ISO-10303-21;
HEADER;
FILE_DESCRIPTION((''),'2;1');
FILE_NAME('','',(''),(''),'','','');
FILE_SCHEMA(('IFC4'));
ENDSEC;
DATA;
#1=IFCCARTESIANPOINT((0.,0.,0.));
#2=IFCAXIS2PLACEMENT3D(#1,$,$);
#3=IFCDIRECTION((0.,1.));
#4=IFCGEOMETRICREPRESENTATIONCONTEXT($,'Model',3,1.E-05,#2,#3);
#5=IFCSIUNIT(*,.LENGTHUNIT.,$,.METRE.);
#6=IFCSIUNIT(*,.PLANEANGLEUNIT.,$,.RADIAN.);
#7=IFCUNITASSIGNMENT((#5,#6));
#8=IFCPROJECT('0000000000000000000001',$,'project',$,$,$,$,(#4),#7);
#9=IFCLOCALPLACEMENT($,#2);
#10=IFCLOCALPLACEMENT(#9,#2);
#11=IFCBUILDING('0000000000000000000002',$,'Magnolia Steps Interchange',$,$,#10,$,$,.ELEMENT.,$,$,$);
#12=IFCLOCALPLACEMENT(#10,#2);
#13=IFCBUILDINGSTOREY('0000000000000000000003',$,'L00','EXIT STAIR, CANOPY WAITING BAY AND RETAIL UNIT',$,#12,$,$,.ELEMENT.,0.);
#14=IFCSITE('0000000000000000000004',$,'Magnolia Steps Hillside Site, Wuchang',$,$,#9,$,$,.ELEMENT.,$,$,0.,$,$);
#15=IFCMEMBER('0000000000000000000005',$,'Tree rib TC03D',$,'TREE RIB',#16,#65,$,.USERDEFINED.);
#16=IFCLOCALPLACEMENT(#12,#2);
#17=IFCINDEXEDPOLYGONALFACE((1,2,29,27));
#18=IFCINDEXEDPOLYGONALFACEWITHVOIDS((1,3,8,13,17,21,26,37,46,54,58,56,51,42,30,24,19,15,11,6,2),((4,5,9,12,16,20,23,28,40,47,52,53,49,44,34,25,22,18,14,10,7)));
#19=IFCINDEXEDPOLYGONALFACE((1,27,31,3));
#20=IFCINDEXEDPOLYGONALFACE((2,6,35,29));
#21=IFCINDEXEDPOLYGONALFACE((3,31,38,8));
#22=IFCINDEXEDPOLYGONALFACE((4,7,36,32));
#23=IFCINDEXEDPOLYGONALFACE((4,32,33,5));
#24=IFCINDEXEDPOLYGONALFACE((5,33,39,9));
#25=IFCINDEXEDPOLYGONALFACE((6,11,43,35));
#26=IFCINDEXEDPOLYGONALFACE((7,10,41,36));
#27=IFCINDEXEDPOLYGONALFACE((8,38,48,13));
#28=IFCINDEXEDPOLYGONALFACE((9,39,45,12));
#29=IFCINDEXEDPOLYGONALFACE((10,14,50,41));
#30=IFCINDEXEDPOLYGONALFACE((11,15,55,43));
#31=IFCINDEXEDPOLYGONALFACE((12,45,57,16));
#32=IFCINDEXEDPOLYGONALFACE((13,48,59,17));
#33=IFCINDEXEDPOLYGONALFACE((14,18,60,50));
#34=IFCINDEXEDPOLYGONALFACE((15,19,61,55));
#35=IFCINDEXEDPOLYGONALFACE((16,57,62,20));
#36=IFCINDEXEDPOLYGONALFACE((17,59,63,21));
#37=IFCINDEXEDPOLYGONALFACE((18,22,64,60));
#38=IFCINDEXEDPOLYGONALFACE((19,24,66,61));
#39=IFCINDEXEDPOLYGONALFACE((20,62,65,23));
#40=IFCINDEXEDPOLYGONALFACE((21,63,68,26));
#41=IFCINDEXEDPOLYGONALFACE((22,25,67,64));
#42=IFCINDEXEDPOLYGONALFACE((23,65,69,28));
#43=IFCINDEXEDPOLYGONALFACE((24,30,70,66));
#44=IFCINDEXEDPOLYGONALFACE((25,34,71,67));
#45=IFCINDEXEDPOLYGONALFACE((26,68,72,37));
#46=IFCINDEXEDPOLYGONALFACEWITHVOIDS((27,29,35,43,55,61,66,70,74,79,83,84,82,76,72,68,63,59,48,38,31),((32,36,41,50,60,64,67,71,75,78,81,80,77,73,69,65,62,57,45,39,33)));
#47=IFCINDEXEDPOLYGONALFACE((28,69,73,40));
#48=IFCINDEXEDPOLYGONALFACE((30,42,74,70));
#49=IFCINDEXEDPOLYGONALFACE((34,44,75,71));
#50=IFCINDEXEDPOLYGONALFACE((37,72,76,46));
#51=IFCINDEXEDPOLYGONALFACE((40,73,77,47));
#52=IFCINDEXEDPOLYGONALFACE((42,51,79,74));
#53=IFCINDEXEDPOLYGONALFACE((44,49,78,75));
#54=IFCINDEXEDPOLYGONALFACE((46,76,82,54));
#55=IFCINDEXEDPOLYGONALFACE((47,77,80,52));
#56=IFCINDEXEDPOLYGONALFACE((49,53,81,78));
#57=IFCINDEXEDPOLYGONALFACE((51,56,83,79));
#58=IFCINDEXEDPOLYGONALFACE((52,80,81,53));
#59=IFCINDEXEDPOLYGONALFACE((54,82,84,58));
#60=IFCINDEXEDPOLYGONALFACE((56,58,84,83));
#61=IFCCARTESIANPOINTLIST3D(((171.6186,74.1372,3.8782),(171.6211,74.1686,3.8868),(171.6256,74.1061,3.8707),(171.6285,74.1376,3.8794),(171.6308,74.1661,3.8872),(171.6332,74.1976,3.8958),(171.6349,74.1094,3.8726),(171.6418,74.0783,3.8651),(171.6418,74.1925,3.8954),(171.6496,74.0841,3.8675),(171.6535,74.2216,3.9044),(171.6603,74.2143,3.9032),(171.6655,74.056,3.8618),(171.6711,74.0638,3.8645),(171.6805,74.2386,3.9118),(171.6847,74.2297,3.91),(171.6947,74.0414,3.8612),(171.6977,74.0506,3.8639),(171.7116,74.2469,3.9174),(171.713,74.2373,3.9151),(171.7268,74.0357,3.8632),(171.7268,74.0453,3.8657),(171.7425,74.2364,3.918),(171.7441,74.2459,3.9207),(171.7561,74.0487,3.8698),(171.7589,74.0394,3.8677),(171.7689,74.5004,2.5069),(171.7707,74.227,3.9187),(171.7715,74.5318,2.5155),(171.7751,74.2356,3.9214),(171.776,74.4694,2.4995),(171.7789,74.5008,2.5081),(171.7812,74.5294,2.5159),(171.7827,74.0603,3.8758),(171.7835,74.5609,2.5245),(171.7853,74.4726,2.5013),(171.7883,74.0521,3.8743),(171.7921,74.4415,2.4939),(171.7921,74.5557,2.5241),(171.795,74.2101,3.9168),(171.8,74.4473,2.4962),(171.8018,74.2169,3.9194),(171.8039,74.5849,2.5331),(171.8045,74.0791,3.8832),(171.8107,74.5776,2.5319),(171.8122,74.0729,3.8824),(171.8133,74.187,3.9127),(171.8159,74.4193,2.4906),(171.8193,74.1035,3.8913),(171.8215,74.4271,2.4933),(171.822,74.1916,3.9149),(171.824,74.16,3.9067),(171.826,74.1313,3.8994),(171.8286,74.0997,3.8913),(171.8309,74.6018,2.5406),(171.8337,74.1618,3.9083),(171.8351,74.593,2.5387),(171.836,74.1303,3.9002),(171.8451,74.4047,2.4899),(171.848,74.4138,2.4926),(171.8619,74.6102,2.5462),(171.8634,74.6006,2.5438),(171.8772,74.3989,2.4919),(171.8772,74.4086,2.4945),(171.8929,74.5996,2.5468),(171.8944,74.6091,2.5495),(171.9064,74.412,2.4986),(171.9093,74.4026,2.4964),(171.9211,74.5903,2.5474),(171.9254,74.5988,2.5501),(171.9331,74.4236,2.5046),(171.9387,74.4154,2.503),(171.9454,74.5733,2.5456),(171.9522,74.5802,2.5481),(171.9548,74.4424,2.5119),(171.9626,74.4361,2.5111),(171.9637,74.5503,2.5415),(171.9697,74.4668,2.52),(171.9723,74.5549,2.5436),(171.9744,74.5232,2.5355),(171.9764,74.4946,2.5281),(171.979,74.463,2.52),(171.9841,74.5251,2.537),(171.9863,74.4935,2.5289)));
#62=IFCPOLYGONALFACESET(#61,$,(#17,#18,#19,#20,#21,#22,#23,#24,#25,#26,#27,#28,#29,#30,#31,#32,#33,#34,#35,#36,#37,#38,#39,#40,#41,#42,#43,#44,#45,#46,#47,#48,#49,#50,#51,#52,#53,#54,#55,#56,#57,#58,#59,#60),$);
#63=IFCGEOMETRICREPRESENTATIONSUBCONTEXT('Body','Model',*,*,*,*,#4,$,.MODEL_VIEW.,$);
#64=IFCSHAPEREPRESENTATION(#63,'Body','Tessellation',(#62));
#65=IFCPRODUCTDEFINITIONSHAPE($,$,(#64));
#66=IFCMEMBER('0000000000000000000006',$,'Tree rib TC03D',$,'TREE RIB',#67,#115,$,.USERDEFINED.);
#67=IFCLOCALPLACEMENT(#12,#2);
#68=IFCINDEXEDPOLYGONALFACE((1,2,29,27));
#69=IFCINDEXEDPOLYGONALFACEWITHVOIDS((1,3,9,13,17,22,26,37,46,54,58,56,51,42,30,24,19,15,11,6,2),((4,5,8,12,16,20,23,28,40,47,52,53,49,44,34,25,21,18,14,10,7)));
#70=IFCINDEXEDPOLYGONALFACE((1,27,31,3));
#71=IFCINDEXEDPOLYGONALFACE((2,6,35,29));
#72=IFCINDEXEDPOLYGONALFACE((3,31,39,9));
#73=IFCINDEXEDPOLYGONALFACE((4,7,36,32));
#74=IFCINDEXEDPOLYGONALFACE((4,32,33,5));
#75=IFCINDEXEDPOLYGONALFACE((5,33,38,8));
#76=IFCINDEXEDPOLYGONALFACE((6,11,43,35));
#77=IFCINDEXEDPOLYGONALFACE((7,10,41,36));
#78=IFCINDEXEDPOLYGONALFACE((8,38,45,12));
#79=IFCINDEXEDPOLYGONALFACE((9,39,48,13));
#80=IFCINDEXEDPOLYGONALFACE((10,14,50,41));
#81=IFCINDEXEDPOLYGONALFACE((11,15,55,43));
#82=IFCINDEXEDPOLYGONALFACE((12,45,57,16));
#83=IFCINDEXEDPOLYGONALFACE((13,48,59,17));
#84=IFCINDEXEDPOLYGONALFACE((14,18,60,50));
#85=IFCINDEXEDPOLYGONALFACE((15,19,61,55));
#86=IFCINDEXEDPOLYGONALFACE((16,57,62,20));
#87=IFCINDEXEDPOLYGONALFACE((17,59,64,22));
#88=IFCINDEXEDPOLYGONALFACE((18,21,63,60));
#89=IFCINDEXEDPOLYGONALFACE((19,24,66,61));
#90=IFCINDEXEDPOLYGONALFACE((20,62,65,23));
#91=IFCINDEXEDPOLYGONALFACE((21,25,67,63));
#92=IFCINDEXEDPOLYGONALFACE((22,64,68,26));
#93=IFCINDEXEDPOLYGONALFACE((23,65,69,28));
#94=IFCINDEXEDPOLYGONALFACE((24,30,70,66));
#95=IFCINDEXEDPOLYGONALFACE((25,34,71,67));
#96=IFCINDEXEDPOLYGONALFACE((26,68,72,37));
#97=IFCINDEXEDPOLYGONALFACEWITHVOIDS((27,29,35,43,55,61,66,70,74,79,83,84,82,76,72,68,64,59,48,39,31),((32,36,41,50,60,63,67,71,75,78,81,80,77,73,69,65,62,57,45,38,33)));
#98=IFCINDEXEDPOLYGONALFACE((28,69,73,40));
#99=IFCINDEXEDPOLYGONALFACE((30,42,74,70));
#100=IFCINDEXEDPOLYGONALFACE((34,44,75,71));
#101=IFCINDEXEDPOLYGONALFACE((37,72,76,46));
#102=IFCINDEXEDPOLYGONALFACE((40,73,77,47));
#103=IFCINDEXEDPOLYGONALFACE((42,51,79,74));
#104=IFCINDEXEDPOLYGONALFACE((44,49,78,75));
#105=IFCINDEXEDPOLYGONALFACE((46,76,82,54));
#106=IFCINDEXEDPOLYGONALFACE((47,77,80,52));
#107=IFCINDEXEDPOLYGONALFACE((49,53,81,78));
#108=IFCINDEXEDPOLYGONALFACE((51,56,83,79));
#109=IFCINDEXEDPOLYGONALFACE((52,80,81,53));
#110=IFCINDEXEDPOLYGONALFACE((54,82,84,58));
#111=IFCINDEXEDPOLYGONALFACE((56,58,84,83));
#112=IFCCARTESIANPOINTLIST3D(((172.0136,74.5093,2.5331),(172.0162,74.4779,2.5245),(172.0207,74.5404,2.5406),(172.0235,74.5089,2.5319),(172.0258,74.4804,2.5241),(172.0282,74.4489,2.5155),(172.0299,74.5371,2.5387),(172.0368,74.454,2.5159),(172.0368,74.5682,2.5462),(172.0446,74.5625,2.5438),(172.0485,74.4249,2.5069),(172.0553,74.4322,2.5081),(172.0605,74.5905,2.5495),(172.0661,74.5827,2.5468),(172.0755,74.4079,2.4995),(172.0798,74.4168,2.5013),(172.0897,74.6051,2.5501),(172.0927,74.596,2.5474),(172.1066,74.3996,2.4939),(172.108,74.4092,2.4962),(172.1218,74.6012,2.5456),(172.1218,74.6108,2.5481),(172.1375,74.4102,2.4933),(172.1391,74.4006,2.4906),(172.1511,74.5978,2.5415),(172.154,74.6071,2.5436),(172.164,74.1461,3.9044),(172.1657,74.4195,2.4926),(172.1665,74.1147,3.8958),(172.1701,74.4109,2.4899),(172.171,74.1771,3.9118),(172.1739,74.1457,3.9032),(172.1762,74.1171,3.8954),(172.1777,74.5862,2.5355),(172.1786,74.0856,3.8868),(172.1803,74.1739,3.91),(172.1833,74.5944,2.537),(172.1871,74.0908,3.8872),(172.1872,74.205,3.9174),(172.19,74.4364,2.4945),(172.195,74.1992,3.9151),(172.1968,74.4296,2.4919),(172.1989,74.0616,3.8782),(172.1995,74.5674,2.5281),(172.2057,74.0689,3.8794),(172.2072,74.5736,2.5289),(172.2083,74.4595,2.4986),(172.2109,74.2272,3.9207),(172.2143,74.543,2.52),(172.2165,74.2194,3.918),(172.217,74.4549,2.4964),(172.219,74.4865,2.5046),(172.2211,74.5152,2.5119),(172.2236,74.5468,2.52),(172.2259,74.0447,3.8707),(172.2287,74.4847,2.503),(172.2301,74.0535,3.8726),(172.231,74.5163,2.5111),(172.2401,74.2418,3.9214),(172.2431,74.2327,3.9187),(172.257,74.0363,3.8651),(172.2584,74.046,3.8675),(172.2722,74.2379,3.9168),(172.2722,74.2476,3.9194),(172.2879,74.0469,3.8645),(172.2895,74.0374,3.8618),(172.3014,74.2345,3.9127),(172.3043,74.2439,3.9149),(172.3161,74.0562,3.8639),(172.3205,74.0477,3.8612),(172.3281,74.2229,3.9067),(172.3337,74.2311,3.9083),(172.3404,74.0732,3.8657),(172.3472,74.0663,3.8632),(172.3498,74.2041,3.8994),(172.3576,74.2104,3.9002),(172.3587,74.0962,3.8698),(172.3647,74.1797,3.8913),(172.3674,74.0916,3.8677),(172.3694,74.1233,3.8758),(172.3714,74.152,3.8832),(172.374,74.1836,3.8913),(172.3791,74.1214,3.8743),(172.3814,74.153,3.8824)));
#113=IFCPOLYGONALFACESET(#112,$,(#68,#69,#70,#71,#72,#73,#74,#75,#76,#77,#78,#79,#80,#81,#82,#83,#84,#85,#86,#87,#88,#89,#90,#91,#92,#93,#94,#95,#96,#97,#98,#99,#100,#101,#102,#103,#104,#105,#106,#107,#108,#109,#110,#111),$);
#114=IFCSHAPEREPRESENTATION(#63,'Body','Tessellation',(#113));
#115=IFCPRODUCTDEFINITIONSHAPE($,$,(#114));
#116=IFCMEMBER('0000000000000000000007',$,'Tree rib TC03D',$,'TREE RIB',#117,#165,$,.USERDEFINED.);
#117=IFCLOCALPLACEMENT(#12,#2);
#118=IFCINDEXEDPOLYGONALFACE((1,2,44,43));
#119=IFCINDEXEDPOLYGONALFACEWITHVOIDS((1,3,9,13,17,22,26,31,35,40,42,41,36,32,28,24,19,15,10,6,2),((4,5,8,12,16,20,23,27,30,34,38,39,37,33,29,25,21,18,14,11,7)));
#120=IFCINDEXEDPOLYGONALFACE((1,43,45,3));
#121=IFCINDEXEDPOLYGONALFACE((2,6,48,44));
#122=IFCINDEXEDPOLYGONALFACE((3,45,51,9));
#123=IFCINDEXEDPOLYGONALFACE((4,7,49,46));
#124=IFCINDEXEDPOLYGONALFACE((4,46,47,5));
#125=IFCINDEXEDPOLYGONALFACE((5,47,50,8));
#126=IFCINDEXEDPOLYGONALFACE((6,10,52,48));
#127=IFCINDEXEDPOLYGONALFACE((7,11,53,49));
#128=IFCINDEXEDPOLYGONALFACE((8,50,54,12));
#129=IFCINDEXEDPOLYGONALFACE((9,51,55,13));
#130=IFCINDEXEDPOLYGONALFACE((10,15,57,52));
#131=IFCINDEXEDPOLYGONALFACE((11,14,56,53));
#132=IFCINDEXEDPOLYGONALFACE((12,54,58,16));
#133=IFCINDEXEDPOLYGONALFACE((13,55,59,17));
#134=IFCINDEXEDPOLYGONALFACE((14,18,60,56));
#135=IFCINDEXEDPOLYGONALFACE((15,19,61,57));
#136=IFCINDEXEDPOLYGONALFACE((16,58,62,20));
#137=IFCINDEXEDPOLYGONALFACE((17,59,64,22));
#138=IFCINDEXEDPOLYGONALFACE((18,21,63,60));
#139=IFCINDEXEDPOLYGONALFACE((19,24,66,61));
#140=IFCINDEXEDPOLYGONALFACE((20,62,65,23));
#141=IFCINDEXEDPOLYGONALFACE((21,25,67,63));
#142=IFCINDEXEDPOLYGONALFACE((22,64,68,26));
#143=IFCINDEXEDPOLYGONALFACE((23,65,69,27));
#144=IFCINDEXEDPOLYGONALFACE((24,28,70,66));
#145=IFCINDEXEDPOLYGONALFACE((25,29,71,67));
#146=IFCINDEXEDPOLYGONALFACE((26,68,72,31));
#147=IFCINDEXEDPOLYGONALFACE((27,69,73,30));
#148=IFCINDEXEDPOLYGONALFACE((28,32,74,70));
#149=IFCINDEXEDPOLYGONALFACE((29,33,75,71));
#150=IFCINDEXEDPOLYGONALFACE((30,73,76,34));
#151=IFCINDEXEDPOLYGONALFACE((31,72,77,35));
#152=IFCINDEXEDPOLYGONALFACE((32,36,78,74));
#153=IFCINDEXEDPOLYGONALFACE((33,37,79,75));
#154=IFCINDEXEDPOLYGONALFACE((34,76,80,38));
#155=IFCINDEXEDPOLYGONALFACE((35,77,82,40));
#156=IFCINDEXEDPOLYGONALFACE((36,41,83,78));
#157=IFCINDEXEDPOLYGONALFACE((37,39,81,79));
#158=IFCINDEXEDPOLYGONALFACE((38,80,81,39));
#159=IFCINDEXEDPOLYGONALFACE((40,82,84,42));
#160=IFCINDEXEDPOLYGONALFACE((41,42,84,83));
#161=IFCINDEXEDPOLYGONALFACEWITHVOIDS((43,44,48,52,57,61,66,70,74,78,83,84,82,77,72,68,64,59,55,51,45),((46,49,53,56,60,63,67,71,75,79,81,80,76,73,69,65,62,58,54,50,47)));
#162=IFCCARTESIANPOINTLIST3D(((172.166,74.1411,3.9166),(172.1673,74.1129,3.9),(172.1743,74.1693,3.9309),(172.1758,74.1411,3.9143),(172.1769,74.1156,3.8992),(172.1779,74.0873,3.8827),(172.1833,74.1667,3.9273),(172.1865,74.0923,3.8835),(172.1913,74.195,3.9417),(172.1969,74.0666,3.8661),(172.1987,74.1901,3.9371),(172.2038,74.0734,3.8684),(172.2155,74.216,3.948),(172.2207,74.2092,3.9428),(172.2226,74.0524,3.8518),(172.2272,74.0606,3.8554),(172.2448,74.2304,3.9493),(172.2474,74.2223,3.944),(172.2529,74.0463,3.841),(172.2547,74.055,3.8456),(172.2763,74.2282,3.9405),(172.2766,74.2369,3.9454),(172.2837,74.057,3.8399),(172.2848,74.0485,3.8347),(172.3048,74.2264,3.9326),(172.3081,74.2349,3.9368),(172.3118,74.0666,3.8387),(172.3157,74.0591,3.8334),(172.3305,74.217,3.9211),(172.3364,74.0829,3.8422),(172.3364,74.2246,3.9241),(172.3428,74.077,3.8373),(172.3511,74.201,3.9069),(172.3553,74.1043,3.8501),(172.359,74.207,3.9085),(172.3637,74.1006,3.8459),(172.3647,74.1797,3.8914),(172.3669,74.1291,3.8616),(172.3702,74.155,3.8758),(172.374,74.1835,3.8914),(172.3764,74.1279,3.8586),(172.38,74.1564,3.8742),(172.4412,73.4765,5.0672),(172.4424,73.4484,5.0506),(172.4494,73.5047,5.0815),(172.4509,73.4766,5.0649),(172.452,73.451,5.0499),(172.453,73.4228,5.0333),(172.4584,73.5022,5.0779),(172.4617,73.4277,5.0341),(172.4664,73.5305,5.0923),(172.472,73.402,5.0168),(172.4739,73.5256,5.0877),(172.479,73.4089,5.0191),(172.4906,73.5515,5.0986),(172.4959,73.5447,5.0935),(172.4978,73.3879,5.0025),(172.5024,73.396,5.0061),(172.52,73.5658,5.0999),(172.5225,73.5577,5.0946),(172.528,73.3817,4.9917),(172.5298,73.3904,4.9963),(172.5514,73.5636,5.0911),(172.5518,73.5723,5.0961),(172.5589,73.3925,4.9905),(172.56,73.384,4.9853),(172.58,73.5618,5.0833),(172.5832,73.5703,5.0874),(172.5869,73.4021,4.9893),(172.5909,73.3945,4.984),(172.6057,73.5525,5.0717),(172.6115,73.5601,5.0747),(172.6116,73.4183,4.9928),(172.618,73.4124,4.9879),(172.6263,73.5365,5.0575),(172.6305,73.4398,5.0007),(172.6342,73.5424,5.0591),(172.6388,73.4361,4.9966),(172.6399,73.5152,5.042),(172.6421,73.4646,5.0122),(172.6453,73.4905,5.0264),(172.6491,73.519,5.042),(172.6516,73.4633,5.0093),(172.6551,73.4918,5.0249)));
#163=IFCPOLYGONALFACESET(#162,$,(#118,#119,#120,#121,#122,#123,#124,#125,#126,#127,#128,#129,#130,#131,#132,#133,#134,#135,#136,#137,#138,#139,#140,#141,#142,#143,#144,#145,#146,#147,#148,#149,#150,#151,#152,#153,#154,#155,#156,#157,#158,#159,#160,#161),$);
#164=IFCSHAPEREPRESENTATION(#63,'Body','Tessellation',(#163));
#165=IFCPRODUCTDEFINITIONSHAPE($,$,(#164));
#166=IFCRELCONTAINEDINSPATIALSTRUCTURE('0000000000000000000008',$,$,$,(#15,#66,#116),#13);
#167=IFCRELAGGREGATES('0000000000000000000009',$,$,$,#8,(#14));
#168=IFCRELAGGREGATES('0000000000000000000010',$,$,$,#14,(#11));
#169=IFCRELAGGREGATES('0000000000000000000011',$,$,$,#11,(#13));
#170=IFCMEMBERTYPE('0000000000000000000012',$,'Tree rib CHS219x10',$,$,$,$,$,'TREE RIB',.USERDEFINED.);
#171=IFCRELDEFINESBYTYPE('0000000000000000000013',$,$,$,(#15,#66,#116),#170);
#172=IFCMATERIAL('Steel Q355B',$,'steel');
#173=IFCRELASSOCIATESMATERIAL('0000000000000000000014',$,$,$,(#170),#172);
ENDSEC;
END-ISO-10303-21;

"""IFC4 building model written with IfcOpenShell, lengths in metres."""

from ifc_helpers import new_model, si_unit, direction, frame, origin, origin_2d, place, context, subcontext, project, spatial, hollow_circle, extrude, material, material_profile, profile_set, type_object, element, save


model = new_model("IFC4")

# Units and contexts
model_context = context("Model", 3, precision=1e-05, world=origin(), true_north=direction((0.0, 1.0)))
body_context = subcontext(model_context, "Body", "Model", "MODEL_VIEW")
ifc_project = project(units=[si_unit("LENGTHUNIT", "METRE"), si_unit("PLANEANGLEUNIT", "RADIAN")], contexts=[model_context])

# Site, building, storey
site_placement = place(None, origin())
site = spatial("IfcSite", under=ifc_project, at=site_placement, Name="Magnolia Steps Hillside Site, Wuchang", CompositionType="ELEMENT", RefElevation=0.0)
building_placement = place(site_placement, origin())
building = spatial("IfcBuilding", under=site, at=building_placement, Name="Magnolia Steps Interchange", CompositionType="ELEMENT")
storey_placement = place(building_placement, origin())
storey = spatial("IfcBuildingStorey", under=building, at=storey_placement, Name="L00", Description="EXIT STAIR, CANOPY WAITING BAY AND RETAIL UNIT", CompositionType="ELEMENT", Elevation=0.0)

# Members
ifc_material_1 = material(Name="Steel Q355B", Category="steel")
ifc_material_profile_1 = material_profile(ifc_material_1, hollow_circle(Radius=0.1096, WallThickness=0.01, at=origin_2d()), Name="CHS219x10")
ifc_profile_set_1 = profile_set([ifc_material_profile_1], Name="Steel Q355B")
member_type = type_object("IfcMemberType", Name="Tree rib CHS219x10", ElementType="TREE RIB", PredefinedType="USERDEFINED", material=ifc_profile_set_1)
for number, where, z_axis, x_axis, name in (
    (1, (171.8777, 74.5049, 2.52), (-0.10542, -0.25465, 0.96127), (0.923956, -0.382498, 0.0), "Tree rib TC03D"),
    (2, (172.1223, 74.5049, 2.52), (0.10542, -0.25465, 0.96127), (0.923956, 0.382498, 0.0), "Tree rib TC03D"),
):
    element("IfcMember", number, at=place(storey_placement, frame(where, z_axis=z_axis, x_axis=x_axis)), inside=storey, type_object=member_type, Name=name, ObjectType="TREE RIB", PredefinedType="USERDEFINED", context=body_context, shape_type="SweptSolid", body=[
        extrude(hollow_circle(Radius=0.1096, WallThickness=0.01, at=origin_2d()), origin(), (0.0, 0.0, 1.0), 1.4265),
    ])
member_1_placement = place(storey_placement, frame((172.2727, 74.1416, 3.8914), z_axis=(0.202769, -0.489741, 0.847961), x_axis=(0.923938, 0.382542, 0.0)))
element("IfcMember", 3, at=member_1_placement, inside=storey, type_object=member_type, Name="Tree rib TC03D", ObjectType="TREE RIB", PredefinedType="USERDEFINED", context=body_context, shape_type="SweptSolid", body=[
    extrude(hollow_circle(Radius=0.1096, WallThickness=0.01, at=origin_2d()), origin(), (0.0, 0.0, 1.0), 1.3569),
])

save(model, "model.ifc")
